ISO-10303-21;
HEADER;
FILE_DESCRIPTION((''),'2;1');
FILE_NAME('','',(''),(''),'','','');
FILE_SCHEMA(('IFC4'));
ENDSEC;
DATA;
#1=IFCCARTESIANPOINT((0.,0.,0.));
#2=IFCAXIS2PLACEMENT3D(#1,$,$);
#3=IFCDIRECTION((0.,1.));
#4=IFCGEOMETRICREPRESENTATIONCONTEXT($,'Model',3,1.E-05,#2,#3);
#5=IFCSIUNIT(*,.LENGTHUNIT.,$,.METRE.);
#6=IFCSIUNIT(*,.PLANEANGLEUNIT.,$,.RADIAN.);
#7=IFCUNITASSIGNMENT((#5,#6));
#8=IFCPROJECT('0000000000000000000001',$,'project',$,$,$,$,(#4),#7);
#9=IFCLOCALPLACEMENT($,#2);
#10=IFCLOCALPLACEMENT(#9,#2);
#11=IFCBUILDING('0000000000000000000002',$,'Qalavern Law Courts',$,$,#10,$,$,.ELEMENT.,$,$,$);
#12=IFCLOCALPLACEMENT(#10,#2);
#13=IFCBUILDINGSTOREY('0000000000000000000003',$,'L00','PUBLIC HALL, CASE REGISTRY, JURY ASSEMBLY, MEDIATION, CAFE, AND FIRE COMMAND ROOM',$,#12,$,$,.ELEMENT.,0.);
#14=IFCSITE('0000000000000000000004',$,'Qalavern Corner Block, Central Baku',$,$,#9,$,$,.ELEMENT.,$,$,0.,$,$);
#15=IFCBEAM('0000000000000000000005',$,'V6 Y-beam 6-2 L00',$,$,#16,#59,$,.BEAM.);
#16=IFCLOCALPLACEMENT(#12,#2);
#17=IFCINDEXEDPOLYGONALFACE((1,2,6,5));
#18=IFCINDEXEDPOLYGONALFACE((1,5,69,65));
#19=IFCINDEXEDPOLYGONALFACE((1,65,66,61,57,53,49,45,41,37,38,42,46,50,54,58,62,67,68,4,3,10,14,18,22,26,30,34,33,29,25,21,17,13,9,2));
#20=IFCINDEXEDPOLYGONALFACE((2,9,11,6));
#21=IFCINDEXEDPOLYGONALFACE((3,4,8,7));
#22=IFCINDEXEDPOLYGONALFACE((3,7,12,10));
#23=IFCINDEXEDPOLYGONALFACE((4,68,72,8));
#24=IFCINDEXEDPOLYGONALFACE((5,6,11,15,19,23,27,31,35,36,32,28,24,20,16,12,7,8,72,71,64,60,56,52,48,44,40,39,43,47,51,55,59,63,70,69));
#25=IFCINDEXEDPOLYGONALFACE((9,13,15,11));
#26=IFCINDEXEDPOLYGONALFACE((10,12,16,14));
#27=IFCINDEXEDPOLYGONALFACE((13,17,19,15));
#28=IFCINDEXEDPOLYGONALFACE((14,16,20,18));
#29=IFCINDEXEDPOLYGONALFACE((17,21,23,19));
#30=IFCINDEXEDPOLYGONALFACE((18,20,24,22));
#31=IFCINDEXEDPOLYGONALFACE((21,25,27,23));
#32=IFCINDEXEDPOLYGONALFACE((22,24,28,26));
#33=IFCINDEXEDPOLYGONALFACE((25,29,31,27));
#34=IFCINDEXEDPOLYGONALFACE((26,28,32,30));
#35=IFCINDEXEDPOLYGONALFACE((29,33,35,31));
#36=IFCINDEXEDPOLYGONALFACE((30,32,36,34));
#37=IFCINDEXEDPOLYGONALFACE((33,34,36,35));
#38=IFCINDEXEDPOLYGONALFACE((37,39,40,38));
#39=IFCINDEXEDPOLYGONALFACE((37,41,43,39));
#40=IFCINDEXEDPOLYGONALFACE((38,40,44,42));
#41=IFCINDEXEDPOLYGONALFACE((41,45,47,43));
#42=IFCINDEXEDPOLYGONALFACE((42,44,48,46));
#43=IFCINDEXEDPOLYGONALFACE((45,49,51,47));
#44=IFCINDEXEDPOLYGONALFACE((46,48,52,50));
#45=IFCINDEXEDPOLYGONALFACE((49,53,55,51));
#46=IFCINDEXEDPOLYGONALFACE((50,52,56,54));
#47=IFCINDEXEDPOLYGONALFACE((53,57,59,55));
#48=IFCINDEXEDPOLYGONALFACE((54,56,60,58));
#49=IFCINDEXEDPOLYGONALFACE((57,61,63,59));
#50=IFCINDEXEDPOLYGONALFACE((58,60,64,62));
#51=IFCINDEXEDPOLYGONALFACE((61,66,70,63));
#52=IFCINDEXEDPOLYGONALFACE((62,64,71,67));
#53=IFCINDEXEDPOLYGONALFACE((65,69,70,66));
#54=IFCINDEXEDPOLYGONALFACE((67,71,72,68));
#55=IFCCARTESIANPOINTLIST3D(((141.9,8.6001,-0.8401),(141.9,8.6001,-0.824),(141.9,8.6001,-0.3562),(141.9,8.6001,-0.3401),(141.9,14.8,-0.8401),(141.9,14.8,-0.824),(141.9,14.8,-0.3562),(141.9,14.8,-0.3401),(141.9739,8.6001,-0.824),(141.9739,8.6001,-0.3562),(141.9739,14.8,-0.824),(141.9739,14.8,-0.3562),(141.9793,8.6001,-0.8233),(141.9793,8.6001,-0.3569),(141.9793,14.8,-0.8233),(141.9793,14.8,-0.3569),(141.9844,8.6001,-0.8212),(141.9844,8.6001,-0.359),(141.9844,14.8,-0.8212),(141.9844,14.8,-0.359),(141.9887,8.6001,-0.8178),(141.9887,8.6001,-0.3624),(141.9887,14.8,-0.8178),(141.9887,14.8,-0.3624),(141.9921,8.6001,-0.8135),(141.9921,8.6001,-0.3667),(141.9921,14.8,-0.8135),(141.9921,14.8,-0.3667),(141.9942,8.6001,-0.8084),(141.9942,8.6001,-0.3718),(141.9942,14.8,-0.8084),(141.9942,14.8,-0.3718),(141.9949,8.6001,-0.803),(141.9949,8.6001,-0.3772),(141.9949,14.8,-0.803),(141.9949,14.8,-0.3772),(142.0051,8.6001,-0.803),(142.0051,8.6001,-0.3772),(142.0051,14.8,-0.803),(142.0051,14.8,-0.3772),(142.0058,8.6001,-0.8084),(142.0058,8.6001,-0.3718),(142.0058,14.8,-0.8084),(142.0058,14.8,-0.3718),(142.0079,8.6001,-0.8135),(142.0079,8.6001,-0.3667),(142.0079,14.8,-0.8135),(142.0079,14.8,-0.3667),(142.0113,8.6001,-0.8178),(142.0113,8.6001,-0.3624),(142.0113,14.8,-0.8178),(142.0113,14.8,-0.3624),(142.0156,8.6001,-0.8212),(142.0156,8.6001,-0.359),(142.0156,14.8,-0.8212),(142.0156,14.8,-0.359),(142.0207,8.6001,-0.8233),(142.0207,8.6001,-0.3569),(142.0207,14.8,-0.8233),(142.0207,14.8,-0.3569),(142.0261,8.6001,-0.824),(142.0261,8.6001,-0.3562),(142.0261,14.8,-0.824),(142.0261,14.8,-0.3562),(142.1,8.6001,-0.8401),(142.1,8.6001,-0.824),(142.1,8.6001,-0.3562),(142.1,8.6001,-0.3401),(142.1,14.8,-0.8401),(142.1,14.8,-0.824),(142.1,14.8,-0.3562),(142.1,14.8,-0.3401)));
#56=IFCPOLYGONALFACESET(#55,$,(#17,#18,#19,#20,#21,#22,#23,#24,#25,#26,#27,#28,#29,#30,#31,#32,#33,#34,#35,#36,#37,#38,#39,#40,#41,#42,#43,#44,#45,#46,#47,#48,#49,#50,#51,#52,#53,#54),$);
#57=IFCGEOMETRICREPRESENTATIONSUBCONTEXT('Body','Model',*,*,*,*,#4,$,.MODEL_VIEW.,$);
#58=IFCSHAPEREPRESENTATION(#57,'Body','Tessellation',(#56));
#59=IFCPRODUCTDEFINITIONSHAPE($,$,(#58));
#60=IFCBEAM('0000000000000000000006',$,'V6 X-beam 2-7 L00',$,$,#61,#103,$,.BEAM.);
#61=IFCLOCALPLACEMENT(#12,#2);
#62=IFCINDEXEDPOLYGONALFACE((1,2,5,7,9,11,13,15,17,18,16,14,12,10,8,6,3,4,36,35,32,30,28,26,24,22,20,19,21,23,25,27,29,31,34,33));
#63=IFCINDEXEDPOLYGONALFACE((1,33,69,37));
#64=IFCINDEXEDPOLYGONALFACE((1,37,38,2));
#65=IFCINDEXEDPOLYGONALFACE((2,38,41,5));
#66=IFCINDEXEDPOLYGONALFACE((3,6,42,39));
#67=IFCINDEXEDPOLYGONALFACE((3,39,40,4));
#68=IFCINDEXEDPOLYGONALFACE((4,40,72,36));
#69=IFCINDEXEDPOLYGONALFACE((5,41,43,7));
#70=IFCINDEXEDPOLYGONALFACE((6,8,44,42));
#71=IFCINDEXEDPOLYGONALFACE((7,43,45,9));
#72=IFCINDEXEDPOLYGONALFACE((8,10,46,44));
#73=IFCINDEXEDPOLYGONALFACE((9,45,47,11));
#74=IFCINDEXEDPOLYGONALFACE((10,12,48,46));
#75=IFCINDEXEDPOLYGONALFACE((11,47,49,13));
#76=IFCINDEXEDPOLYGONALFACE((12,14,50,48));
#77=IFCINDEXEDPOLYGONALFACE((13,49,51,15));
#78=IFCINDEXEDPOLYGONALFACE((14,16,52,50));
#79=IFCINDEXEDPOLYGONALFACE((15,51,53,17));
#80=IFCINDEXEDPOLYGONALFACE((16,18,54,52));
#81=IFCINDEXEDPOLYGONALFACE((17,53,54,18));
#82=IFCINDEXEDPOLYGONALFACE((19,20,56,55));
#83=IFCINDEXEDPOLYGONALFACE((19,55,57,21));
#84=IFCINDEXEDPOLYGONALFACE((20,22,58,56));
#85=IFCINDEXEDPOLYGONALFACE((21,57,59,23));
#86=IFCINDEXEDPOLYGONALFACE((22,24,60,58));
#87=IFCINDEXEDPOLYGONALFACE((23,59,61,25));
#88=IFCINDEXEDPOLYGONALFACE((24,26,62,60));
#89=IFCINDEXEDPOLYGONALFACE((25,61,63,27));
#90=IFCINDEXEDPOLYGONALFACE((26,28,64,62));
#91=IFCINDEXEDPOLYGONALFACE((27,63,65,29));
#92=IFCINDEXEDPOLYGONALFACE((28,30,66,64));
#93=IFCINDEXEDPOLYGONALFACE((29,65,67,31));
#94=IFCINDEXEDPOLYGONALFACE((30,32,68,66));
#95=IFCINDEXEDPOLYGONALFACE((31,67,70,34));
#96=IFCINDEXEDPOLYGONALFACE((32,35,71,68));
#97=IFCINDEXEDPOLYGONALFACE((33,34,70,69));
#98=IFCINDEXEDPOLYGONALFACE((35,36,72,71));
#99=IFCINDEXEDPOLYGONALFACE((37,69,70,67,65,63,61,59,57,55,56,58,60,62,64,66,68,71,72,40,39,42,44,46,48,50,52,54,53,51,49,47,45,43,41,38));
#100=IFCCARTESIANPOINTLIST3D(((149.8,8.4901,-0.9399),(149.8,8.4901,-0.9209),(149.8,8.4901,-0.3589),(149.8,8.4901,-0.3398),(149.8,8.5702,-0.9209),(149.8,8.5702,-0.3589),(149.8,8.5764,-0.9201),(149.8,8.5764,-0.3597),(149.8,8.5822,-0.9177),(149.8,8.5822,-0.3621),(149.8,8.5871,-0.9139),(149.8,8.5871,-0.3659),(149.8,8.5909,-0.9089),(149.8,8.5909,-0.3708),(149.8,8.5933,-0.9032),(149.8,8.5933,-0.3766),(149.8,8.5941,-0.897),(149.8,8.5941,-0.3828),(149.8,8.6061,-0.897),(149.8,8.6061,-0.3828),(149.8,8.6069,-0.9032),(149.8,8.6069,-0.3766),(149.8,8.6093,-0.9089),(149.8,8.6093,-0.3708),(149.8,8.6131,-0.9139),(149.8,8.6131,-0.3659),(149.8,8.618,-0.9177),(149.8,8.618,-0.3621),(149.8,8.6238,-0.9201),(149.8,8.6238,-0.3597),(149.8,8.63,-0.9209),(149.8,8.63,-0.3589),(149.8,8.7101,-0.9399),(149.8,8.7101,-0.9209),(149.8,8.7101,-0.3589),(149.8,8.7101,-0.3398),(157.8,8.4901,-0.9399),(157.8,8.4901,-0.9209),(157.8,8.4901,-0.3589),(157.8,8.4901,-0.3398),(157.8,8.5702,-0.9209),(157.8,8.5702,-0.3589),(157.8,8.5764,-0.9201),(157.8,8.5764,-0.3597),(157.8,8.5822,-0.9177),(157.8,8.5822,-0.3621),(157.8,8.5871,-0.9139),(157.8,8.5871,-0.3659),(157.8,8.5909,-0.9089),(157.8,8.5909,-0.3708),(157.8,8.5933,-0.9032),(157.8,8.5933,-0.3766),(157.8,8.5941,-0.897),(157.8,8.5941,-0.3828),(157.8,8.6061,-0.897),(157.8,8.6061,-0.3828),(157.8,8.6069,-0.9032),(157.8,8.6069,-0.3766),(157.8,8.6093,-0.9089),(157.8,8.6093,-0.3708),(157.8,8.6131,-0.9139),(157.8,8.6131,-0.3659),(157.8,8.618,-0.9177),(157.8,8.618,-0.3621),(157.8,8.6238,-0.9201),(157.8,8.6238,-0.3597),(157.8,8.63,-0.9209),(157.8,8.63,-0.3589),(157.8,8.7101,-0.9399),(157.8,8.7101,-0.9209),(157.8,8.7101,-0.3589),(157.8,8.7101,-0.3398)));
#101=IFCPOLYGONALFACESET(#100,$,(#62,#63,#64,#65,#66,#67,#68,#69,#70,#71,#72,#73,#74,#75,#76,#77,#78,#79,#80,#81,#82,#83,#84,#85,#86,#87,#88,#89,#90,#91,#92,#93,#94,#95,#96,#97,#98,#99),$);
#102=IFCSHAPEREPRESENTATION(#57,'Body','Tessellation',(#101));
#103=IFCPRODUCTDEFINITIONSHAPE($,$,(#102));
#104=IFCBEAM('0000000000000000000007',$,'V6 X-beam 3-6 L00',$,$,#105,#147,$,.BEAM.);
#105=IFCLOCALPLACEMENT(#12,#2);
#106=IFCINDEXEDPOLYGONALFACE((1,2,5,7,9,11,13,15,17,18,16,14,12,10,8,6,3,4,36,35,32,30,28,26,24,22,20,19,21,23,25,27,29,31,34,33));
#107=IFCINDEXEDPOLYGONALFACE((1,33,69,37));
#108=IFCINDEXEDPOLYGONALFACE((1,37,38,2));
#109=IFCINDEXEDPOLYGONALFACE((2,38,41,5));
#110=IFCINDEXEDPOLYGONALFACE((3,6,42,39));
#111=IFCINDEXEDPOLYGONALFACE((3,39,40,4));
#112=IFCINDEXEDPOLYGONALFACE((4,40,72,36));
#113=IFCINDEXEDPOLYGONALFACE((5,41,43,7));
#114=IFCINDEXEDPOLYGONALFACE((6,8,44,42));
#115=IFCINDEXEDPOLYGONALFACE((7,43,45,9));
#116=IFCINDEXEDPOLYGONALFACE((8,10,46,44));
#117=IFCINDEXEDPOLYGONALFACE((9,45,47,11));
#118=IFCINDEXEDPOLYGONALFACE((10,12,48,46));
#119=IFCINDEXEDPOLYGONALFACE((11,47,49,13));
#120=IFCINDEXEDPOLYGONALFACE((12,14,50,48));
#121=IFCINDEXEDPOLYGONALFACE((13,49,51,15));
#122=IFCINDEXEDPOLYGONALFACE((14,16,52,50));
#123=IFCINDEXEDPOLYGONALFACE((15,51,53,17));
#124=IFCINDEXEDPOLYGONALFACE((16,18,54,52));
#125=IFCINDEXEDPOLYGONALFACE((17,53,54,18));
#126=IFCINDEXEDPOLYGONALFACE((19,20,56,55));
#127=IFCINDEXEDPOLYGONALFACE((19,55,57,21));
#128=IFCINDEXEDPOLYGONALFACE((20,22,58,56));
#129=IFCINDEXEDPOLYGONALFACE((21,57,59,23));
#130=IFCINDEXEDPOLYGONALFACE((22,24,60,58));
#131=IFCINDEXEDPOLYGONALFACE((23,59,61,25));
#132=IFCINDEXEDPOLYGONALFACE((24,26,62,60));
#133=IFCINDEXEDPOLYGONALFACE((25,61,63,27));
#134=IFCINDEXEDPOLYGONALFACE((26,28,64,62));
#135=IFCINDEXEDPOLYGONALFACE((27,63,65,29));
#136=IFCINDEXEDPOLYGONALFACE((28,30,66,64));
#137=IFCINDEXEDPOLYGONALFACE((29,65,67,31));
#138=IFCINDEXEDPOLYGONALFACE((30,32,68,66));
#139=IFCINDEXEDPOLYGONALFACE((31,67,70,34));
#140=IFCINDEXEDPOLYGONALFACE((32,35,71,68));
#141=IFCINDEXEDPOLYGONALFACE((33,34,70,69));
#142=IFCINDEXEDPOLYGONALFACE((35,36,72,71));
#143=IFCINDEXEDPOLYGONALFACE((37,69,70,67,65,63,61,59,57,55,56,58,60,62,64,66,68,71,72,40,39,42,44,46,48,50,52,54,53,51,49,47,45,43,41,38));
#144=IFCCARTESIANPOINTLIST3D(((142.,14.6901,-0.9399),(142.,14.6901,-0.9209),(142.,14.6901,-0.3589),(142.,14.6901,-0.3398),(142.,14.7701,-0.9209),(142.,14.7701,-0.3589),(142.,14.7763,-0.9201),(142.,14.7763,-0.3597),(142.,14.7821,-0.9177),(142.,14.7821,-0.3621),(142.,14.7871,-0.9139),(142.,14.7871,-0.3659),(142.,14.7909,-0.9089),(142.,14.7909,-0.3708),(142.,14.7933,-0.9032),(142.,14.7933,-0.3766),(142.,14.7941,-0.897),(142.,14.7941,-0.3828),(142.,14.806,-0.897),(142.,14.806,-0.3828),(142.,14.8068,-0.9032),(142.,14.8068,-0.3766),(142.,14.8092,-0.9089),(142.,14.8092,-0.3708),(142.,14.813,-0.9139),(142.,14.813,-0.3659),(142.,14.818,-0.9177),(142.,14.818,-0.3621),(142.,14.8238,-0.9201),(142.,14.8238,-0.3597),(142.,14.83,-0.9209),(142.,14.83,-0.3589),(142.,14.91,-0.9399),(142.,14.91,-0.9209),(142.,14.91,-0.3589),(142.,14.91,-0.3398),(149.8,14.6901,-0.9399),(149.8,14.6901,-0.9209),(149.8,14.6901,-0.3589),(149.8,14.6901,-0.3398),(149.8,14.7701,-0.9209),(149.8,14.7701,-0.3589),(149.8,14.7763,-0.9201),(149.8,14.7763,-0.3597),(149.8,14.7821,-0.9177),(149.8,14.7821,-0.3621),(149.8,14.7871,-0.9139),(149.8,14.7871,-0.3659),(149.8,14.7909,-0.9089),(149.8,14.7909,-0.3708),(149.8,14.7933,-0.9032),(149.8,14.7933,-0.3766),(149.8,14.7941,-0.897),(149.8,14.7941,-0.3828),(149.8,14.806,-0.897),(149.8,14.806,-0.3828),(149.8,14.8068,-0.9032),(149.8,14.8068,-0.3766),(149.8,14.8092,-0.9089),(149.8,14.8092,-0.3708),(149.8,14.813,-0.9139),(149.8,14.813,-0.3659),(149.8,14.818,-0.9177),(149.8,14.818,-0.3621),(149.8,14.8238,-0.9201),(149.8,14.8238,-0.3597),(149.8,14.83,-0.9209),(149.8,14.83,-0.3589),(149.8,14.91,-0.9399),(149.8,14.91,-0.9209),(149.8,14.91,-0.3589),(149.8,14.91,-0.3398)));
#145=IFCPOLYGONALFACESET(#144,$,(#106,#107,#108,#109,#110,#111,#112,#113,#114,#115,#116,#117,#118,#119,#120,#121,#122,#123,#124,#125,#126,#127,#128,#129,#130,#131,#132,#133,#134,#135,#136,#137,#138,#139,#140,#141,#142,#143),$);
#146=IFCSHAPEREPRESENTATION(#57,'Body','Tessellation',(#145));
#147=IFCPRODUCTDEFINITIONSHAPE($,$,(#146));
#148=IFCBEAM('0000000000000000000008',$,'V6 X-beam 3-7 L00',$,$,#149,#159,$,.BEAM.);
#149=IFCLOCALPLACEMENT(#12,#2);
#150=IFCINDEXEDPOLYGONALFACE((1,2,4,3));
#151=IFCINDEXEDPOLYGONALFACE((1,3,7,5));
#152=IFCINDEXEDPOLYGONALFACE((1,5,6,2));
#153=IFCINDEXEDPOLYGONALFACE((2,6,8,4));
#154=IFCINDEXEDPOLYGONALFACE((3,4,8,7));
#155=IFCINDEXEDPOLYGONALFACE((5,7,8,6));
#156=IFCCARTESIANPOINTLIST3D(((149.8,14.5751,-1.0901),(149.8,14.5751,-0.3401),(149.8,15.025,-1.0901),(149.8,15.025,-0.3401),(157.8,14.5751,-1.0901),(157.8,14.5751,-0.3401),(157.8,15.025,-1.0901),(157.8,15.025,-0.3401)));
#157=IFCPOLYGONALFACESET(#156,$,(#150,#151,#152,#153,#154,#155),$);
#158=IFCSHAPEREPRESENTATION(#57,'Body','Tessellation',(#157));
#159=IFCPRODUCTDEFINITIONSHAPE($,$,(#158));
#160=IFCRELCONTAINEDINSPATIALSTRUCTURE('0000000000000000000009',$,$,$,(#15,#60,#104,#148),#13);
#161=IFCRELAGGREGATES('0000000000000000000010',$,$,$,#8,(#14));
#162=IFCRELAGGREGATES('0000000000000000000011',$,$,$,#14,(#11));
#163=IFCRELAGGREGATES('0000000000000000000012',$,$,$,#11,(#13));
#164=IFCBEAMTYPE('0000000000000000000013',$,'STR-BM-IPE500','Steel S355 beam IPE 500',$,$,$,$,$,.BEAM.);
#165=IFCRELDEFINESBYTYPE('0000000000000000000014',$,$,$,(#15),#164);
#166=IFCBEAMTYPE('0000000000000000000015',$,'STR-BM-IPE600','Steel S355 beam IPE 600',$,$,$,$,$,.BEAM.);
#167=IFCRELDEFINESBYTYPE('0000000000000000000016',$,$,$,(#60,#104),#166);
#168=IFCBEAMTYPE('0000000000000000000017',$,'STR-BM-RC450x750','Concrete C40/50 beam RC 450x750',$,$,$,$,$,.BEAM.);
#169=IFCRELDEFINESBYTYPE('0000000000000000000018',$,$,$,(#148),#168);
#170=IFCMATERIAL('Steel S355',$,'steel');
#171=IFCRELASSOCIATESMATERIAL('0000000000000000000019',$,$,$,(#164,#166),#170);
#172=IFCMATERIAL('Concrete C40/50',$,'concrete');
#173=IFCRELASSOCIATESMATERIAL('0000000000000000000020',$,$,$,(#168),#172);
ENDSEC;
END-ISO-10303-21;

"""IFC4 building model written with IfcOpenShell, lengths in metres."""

from ifc_helpers import new_model, si_unit, direction, frame, origin, origin_2d, place, context, subcontext, project, spatial, rectangle, i_section, extrude, material, material_profile, profile_set, type_object, element, save


model = new_model("IFC4")

# Units and contexts
model_context = context("Model", 3, precision=1e-05, world=origin(), true_north=direction((0.0, 1.0)))
body_context = subcontext(model_context, "Body", "Model", "MODEL_VIEW")
ifc_project = project(units=[si_unit("LENGTHUNIT", "METRE"), si_unit("PLANEANGLEUNIT", "RADIAN")], contexts=[model_context])

# Site, building, storey
site_placement = place(None, origin())
site = spatial("IfcSite", under=ifc_project, at=site_placement, Name="Qalavern Corner Block, Central Baku", CompositionType="ELEMENT", RefElevation=0.0)
building_placement = place(site_placement, origin())
building = spatial("IfcBuilding", under=site, at=building_placement, Name="Qalavern Law Courts", CompositionType="ELEMENT")
storey_placement = place(building_placement, origin())
storey = spatial("IfcBuildingStorey", under=building, at=storey_placement, Name="L00", Description="PUBLIC HALL, CASE REGISTRY, JURY ASSEMBLY, MEDIATION, CAFE, AND FIRE COMMAND ROOM", CompositionType="ELEMENT", Elevation=0.0)

# Beams
ifc_material_1 = material(Name="Steel S355", Category="steel")
ifc_material_profile_1 = material_profile(ifc_material_1, i_section(OverallWidth=0.2, OverallDepth=0.5, WebThickness=0.0103, FlangeThickness=0.0161, FilletRadius=0.021, at=origin_2d()), Name="IPE 500")
ifc_profile_set_1 = profile_set([ifc_material_profile_1], Name="Steel S355")
beam_type_1 = type_object("IfcBeamType", Name="STR-BM-IPE500", Description="Steel S355 beam IPE 500", PredefinedType="BEAM", material=ifc_profile_set_1)
beam_1_placement = place(storey_placement, frame((142.0, 8.6001, -0.5901), z_axis=(0.0, 1.0, 0.0), x_axis=(-1.0, 0.0, 0.0)))
element("IfcBeam", 1, at=beam_1_placement, inside=storey, type_object=beam_type_1, Name="V6 Y-beam 6-2 L00", PredefinedType="BEAM", context=body_context, shape_type="SweptSolid", body=[
    extrude(i_section(OverallWidth=0.2, OverallDepth=0.5, WebThickness=0.0103, FlangeThickness=0.0161, FilletRadius=0.021, at=origin_2d()), origin(), (0.0, 0.0, 1.0), 6.2),
])
ifc_material_profile_2 = material_profile(ifc_material_1, i_section(OverallWidth=0.22, OverallDepth=0.6001, WebThickness=0.012, FlangeThickness=0.019, FilletRadius=0.0239, at=origin_2d()), Name="IPE 600")
ifc_profile_set_2 = profile_set([ifc_material_profile_2], Name="Steel S355")
beam_type_2 = type_object("IfcBeamType", Name="STR-BM-IPE600", Description="Steel S355 beam IPE 600", PredefinedType="BEAM", material=ifc_profile_set_2)
beam_2_placement = place(storey_placement, frame((149.8, 8.6001, -0.6399), z_axis=(1.0, 0.0, 0.0), x_axis=(0.0, 1.0, 0.0)))
element("IfcBeam", 2, at=beam_2_placement, inside=storey, type_object=beam_type_2, Name="V6 X-beam 2-7 L00", PredefinedType="BEAM", context=body_context, shape_type="SweptSolid", body=[
    extrude(i_section(OverallWidth=0.22, OverallDepth=0.6001, WebThickness=0.012, FlangeThickness=0.019, FilletRadius=0.0239, at=origin_2d()), origin(), (0.0, 0.0, 1.0), 8.0),
])
beam_3_placement = place(storey_placement, frame((142.0, 14.8, -0.6399), z_axis=(1.0, 0.0, 0.0), x_axis=(0.0, 1.0, 0.0)))
element("IfcBeam", 3, at=beam_3_placement, inside=storey, type_object=beam_type_2, Name="V6 X-beam 3-6 L00", PredefinedType="BEAM", context=body_context, shape_type="SweptSolid", body=[
    extrude(i_section(OverallWidth=0.22, OverallDepth=0.6001, WebThickness=0.012, FlangeThickness=0.019, FilletRadius=0.0239, at=origin_2d()), origin(), (0.0, 0.0, 1.0), 7.8),
])
ifc_material_2 = material(Name="Concrete C40/50", Category="concrete")
ifc_material_profile_3 = material_profile(ifc_material_2, rectangle(XDim=0.45, YDim=0.75, at=origin_2d()), Name="RC 450x750")
ifc_profile_set_3 = profile_set([ifc_material_profile_3], Name="Concrete C40/50")
beam_type_3 = type_object("IfcBeamType", Name="STR-BM-RC450x750", Description="Concrete C40/50 beam RC 450x750", PredefinedType="BEAM", material=ifc_profile_set_3)
beam_4_placement = place(storey_placement, frame((149.8, 14.8, -0.7151), z_axis=(1.0, 0.0, 0.0), x_axis=(0.0, 1.0, 0.0)))
element("IfcBeam", 4, at=beam_4_placement, inside=storey, type_object=beam_type_3, Name="V6 X-beam 3-7 L00", PredefinedType="BEAM", context=body_context, shape_type="SweptSolid", body=[
    extrude(rectangle(XDim=0.45, YDim=0.75, at=origin_2d()), origin(), (0.0, 0.0, 1.0), 8.0),
])

save(model, "model.ifc")
